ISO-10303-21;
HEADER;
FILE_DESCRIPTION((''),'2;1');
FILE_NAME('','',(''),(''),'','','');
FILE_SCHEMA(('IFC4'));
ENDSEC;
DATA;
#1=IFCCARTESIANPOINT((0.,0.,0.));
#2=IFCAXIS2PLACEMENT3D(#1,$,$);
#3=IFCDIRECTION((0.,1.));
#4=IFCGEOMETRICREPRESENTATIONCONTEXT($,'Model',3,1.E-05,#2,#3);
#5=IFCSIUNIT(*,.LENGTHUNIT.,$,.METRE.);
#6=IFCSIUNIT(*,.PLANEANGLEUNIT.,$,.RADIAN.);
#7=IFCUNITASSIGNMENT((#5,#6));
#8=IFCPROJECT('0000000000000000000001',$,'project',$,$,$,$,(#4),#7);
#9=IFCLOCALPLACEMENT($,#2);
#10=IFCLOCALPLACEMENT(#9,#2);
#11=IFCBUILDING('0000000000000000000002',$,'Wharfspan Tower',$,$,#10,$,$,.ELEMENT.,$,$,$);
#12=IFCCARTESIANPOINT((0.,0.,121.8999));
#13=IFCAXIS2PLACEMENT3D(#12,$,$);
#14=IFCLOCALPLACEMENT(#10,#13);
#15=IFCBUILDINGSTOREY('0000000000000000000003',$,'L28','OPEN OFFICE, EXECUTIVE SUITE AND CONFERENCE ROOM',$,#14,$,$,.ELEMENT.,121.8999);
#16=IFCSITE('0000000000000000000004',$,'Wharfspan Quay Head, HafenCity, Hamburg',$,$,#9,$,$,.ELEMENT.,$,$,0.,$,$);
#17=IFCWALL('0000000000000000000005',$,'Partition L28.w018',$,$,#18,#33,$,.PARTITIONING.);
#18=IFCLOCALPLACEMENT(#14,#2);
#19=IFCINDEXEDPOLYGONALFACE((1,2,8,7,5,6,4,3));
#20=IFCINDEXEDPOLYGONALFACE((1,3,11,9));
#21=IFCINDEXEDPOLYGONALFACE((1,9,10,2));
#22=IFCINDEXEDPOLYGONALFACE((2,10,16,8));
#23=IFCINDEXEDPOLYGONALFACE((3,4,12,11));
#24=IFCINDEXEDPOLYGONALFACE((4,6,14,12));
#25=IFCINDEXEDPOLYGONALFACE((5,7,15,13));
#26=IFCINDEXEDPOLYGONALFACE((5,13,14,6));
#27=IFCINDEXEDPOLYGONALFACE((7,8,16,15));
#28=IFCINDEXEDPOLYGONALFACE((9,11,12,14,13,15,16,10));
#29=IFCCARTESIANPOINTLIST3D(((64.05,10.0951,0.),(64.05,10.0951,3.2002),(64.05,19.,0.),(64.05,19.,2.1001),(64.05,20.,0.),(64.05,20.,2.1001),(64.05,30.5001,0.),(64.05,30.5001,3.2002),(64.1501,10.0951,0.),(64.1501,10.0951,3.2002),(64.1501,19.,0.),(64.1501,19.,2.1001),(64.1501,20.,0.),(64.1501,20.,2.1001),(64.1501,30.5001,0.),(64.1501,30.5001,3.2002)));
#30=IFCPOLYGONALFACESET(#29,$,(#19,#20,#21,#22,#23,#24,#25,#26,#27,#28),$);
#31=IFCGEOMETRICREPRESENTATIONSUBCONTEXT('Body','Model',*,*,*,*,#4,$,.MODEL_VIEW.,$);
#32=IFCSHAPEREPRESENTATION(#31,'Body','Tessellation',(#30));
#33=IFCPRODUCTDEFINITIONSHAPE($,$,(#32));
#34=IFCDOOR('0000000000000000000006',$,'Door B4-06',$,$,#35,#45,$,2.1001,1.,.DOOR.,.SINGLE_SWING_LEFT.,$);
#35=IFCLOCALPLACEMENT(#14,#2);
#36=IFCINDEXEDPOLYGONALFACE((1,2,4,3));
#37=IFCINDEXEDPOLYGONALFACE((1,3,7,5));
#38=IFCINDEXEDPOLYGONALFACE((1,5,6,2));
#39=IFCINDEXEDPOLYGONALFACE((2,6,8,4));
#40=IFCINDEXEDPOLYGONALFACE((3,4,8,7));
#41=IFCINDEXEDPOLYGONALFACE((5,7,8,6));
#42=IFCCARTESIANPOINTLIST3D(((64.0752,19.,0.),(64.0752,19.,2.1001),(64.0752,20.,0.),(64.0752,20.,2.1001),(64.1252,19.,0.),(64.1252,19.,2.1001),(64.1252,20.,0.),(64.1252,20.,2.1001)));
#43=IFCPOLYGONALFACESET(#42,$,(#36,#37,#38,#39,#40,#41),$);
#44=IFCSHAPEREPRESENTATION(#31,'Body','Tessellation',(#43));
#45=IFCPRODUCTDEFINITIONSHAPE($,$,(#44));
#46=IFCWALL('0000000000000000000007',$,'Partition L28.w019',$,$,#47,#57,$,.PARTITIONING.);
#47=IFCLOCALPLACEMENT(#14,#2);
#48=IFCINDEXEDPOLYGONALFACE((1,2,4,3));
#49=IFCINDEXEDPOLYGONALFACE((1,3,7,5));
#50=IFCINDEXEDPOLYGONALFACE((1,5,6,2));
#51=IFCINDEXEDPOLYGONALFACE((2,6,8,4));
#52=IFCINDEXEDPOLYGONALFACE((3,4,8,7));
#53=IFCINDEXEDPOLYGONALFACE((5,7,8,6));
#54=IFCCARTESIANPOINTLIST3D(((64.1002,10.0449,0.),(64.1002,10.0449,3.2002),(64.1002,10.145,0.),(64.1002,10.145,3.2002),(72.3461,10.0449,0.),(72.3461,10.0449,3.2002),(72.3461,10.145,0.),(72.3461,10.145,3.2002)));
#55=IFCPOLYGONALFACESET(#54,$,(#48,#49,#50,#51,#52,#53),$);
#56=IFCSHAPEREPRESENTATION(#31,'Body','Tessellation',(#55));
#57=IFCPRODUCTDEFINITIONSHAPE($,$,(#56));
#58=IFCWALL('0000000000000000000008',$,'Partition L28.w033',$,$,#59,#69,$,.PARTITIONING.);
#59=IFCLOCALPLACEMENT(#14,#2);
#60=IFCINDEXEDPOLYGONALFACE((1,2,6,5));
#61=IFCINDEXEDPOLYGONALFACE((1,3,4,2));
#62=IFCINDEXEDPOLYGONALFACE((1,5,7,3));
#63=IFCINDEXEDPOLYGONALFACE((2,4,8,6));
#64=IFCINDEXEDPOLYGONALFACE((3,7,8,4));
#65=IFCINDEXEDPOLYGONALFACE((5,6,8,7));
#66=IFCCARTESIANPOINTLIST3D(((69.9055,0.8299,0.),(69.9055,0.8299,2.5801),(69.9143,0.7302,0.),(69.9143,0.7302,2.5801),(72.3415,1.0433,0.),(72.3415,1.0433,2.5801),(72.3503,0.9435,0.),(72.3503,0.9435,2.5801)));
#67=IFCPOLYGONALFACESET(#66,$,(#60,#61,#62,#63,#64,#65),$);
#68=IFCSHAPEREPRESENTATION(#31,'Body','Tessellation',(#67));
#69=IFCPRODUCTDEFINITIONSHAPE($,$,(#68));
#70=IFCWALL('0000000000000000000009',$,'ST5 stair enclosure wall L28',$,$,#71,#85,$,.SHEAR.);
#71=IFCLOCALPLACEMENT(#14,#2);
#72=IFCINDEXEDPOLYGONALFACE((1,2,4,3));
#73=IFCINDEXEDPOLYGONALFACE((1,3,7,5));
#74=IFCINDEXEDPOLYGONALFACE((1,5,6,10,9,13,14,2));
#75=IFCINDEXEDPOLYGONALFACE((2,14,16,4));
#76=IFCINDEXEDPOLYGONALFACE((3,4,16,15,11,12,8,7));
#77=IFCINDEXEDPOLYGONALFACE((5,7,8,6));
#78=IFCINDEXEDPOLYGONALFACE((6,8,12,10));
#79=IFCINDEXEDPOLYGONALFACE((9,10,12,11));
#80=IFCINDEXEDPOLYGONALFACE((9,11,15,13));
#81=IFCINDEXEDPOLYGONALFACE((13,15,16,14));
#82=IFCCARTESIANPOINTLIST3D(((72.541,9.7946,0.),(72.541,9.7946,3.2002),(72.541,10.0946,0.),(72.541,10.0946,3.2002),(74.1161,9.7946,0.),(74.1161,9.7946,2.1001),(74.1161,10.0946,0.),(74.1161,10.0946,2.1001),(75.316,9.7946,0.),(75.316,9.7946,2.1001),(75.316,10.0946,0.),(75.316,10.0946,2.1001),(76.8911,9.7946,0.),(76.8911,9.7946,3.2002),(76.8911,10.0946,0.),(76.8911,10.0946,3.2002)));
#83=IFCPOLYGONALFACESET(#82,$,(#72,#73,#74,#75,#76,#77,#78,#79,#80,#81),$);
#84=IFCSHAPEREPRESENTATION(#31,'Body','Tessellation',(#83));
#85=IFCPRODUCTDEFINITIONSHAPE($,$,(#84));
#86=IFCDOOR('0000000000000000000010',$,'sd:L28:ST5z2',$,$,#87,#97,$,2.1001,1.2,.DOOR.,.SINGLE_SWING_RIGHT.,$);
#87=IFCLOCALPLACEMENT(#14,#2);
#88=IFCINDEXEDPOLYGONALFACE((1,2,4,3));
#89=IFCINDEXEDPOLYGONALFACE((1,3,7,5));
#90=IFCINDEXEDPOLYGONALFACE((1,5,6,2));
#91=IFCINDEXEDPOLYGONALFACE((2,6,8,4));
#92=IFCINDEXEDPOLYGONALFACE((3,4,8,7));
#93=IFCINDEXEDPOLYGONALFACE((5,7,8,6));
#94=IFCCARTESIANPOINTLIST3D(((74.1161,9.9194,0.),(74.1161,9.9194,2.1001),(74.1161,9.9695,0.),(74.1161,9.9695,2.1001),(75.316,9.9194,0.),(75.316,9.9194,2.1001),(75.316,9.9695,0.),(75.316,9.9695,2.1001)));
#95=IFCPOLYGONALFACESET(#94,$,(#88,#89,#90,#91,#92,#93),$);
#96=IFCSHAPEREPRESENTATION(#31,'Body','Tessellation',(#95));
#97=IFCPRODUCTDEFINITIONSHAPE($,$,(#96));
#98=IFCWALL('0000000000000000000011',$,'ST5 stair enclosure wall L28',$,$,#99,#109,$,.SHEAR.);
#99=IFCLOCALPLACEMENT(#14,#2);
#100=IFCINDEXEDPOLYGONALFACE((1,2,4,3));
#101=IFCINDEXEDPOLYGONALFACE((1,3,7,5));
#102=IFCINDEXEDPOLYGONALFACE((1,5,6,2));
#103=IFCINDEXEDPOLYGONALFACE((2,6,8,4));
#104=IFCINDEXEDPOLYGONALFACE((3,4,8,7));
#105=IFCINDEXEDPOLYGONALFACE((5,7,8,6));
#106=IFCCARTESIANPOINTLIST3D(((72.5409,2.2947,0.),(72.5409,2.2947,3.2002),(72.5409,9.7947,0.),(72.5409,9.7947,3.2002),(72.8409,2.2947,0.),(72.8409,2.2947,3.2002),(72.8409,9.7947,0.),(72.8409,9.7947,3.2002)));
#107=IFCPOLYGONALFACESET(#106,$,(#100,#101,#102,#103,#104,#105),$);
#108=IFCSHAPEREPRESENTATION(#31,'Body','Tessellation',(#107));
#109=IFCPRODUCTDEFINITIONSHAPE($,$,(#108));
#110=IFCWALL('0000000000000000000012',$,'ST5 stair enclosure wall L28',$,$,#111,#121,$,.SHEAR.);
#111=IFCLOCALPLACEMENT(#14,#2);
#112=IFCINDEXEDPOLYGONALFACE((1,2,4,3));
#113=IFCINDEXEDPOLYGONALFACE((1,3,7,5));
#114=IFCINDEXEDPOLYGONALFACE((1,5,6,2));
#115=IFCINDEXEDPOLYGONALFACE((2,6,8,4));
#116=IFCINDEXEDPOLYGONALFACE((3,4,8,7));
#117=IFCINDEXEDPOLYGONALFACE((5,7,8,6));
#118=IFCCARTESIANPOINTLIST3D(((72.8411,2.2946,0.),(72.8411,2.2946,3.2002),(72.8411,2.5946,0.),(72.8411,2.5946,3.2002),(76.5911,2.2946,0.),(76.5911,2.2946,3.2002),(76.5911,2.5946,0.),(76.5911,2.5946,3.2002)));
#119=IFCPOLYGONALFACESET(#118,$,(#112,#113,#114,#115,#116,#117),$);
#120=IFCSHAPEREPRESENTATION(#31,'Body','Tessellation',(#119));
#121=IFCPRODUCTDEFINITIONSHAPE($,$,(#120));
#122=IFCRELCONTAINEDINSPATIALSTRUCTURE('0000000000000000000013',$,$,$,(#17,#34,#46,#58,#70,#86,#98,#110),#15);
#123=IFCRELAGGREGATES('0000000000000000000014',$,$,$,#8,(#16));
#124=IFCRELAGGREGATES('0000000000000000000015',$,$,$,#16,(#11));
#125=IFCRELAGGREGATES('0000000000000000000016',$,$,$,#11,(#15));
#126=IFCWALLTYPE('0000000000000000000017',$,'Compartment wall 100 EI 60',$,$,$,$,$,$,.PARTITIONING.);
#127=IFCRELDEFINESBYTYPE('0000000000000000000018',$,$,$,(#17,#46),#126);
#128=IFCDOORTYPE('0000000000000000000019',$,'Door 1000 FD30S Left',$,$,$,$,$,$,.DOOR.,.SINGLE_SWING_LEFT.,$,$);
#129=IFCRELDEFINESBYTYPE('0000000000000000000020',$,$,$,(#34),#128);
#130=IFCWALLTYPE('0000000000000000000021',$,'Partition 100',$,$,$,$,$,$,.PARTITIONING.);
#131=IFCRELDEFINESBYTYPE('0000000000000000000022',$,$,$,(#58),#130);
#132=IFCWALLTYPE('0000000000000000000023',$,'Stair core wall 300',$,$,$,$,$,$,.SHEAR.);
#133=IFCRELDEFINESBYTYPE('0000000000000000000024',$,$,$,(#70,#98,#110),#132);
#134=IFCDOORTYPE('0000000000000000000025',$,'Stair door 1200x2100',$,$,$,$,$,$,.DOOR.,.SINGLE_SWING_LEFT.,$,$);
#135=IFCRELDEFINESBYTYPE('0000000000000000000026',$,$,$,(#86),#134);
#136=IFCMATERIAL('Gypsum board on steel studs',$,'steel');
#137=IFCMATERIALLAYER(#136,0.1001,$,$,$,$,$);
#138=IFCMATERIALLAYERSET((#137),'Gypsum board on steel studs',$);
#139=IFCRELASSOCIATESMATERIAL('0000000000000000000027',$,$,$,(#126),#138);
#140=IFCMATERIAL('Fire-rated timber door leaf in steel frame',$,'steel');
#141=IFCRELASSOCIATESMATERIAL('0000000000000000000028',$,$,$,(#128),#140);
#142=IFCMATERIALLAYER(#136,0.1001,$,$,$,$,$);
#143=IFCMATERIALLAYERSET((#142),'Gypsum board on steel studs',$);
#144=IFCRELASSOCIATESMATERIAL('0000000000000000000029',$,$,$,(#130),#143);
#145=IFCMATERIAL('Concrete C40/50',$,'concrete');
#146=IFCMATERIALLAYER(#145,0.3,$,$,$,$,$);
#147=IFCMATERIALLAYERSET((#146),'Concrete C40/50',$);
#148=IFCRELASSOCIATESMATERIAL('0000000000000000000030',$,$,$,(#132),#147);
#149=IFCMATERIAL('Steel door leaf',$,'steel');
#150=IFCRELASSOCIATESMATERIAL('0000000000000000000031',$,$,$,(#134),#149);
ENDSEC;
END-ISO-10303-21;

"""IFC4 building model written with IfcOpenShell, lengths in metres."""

from ifc_helpers import new_model, si_unit, direction, frame, frame_2d, origin, place, context, subcontext, project, spatial, rectangle, extrude, material, layer, layer_set, type_object, element, fill, save


model = new_model("IFC4")

# Units and contexts
model_context = context("Model", 3, precision=1e-05, world=origin(), true_north=direction((0.0, 1.0)))
body_context = subcontext(model_context, "Body", "Model", "MODEL_VIEW")
ifc_project = project(units=[si_unit("LENGTHUNIT", "METRE"), si_unit("PLANEANGLEUNIT", "RADIAN")], contexts=[model_context])

# Site, building, storey
site_placement = place(None, origin())
site = spatial("IfcSite", under=ifc_project, at=site_placement, Name="Wharfspan Quay Head, HafenCity, Hamburg", CompositionType="ELEMENT", RefElevation=0.0)
building_placement = place(site_placement, origin())
building = spatial("IfcBuilding", under=site, at=building_placement, Name="Wharfspan Tower", CompositionType="ELEMENT")
storey_placement = place(building_placement, frame((0.0, 0.0, 121.8999)))
storey = spatial("IfcBuildingStorey", under=building, at=storey_placement, Name="L28", Description="OPEN OFFICE, EXECUTIVE SUITE AND CONFERENCE ROOM", CompositionType="ELEMENT", Elevation=121.8999)

# Shared definitions
ifc_material_1 = material(Name="Gypsum board on steel studs", Category="steel")
ifc_layer_1 = layer(ifc_material_1, 0.1001)
ifc_layer_set_1 = layer_set([ifc_layer_1], Name="Gypsum board on steel studs")
wall_type_1 = type_object("IfcWallType", Name="Compartment wall 100 EI 60", PredefinedType="PARTITIONING", material=ifc_layer_set_1)

# Wall, opening, door
wall_1_placement = place(storey_placement, frame((64.1001, 10.095, 0.0), z_axis=(0.0, 0.0, 1.0), x_axis=(0.0, 1.0, 0.0)))
wall_1 = element("IfcWall", 1, at=wall_1_placement, inside=storey, type_object=wall_type_1, Name="Partition L28.w018", PredefinedType="PARTITIONING", context=body_context, shape_type="SweptSolid", body=[
    extrude(rectangle(XDim=20.405, YDim=0.1001, at=frame_2d((10.2026, 0.0))), origin(), (0.0, 0.0, 1.0), 3.2002),
])
opening_1_placement = place(wall_1_placement, frame((8.905, 0.0, 0.0)))
opening_1 = element("IfcOpeningElement", 2, at=opening_1_placement, cuts=wall_1, PredefinedType="OPENING", context=body_context, shape_type="SweptSolid", body=[
    extrude(rectangle(XDim=1.0, YDim=2.1001, at=frame_2d((0.5, 1.05))), frame((0.0, 0.0601, 0.0), z_axis=(0.0, -1.0, 0.0), x_axis=(1.0, 0.0, 0.0)), (0.0, 0.0, 1.0), 0.1201),
])
ifc_material_2 = material(Name="Fire-rated timber door leaf in steel frame", Category="steel")
door_type_1 = type_object("IfcDoorType", Name="Door 1000 FD30S Left", OperationType="SINGLE_SWING_LEFT", PredefinedType="DOOR", material=ifc_material_2)
door_1_placement = place(opening_1_placement, origin())
door_1 = element("IfcDoor", 3, at=door_1_placement, inside=storey, type_object=door_type_1, Name="Door B4-06", OperationType="SINGLE_SWING_LEFT", OverallHeight=2.1001, OverallWidth=1.0, PredefinedType="DOOR", context=body_context, shape_type="SweptSolid", body=[
    extrude(rectangle(XDim=1.0, YDim=2.1001, at=frame_2d((0.5, 1.05))), frame((0.0, 0.0249, 0.0), z_axis=(0.0, -1.0, 0.0), x_axis=(1.0, 0.0, 0.0)), (0.0, 0.0, 1.0), 0.05),
])
fill(opening_1, door_1)

# Walls
wall_2_placement = place(storey_placement, frame((64.1001, 10.095, 0.0), z_axis=(0.0, 0.0, 1.0), x_axis=(1.0, 0.0, 0.0)))
element("IfcWall", 4, at=wall_2_placement, inside=storey, type_object=wall_type_1, Name="Partition L28.w019", PredefinedType="PARTITIONING", context=body_context, shape_type="SweptSolid", body=[
    extrude(rectangle(XDim=8.2459, YDim=0.1001, at=frame_2d((4.123, 0.0))), origin(), (0.0, 0.0, 1.0), 3.2002),
])
ifc_layer_2 = layer(ifc_material_1, 0.1001)
ifc_layer_set_2 = layer_set([ifc_layer_2], Name="Gypsum board on steel studs")
wall_type_2 = type_object("IfcWallType", Name="Partition 100", PredefinedType="PARTITIONING", material=ifc_layer_set_2)
wall_3_placement = place(storey_placement, frame((69.9099, 0.78, 0.0), z_axis=(0.0, 0.0, 1.0), x_axis=(0.99619, 0.087259, 0.0)))
element("IfcWall", 5, at=wall_3_placement, inside=storey, type_object=wall_type_2, Name="Partition L28.w033", PredefinedType="PARTITIONING", context=body_context, shape_type="SweptSolid", body=[
    extrude(rectangle(XDim=2.4453, YDim=0.1001, at=frame_2d((1.2227, 0.0))), origin(), (0.0, 0.0, 1.0), 2.5801),
])

# Wall, opening, door
ifc_material_3 = material(Name="Concrete C40/50", Category="concrete")
ifc_layer_3 = layer(ifc_material_3, 0.3)
ifc_layer_set_3 = layer_set([ifc_layer_3], Name="Concrete C40/50")
wall_type_3 = type_object("IfcWallType", Name="Stair core wall 300", PredefinedType="SHEAR", material=ifc_layer_set_3)
wall_4_placement = place(storey_placement, frame((72.541, 9.9446, 0.0), z_axis=(0.0, 0.0, 1.0), x_axis=(1.0, 0.0, 0.0)))
wall_4 = element("IfcWall", 6, at=wall_4_placement, inside=storey, type_object=wall_type_3, Name="ST5 stair enclosure wall L28", PredefinedType="SHEAR", context=body_context, shape_type="SweptSolid", body=[
    extrude(rectangle(XDim=4.3501, YDim=0.3, at=frame_2d((2.175, 0.0))), origin(), (0.0, 0.0, 1.0), 3.2002),
])
opening_2_placement = place(wall_4_placement, frame((1.575, 0.0, 0.0)))
opening_2 = element("IfcOpeningElement", 7, at=opening_2_placement, cuts=wall_4, PredefinedType="OPENING", context=body_context, shape_type="SweptSolid", body=[
    extrude(rectangle(XDim=1.2, YDim=2.1001, at=frame_2d((0.6001, 1.05))), frame((0.0, 0.1599, 0.0), z_axis=(0.0, -1.0, 0.0), x_axis=(1.0, 0.0, 0.0)), (0.0, 0.0, 1.0), 0.3201),
])
ifc_material_4 = material(Name="Steel door leaf", Category="steel")
door_type_2 = type_object("IfcDoorType", Name="Stair door 1200x2100", OperationType="SINGLE_SWING_LEFT", PredefinedType="DOOR", material=ifc_material_4)
door_2_placement = place(opening_2_placement, origin())
door_2 = element("IfcDoor", 8, at=door_2_placement, inside=storey, type_object=door_type_2, Name="sd:L28:ST5z2", OperationType="SINGLE_SWING_RIGHT", OverallHeight=2.1001, OverallWidth=1.2, PredefinedType="DOOR", context=body_context, shape_type="SweptSolid", body=[
    extrude(rectangle(XDim=1.2, YDim=2.1001, at=frame_2d((0.6001, 1.05))), frame((0.0, 0.0249, 0.0), z_axis=(0.0, -1.0, 0.0), x_axis=(1.0, 0.0, 0.0)), (0.0, 0.0, 1.0), 0.05),
])
fill(opening_2, door_2)

# Walls
wall_5_placement = place(storey_placement, frame((72.6909, 2.2947, 0.0), z_axis=(0.0, 0.0, 1.0), x_axis=(0.0, 1.0, 0.0)))
element("IfcWall", 9, at=wall_5_placement, inside=storey, type_object=wall_type_3, Name="ST5 stair enclosure wall L28", PredefinedType="SHEAR", context=body_context, shape_type="SweptSolid", body=[
    extrude(rectangle(XDim=7.5, YDim=0.3, at=frame_2d((3.75, 0.0))), origin(), (0.0, 0.0, 1.0), 3.2002),
])
wall_6_placement = place(storey_placement, frame((72.8411, 2.4446, 0.0), z_axis=(0.0, 0.0, 1.0), x_axis=(1.0, 0.0, 0.0)))
element("IfcWall", 10, at=wall_6_placement, inside=storey, type_object=wall_type_3, Name="ST5 stair enclosure wall L28", PredefinedType="SHEAR", context=body_context, shape_type="SweptSolid", body=[
    extrude(rectangle(XDim=3.75, YDim=0.3, at=frame_2d((1.875, 0.0))), origin(), (0.0, 0.0, 1.0), 3.2002),
])

save(model, "model.ifc")
